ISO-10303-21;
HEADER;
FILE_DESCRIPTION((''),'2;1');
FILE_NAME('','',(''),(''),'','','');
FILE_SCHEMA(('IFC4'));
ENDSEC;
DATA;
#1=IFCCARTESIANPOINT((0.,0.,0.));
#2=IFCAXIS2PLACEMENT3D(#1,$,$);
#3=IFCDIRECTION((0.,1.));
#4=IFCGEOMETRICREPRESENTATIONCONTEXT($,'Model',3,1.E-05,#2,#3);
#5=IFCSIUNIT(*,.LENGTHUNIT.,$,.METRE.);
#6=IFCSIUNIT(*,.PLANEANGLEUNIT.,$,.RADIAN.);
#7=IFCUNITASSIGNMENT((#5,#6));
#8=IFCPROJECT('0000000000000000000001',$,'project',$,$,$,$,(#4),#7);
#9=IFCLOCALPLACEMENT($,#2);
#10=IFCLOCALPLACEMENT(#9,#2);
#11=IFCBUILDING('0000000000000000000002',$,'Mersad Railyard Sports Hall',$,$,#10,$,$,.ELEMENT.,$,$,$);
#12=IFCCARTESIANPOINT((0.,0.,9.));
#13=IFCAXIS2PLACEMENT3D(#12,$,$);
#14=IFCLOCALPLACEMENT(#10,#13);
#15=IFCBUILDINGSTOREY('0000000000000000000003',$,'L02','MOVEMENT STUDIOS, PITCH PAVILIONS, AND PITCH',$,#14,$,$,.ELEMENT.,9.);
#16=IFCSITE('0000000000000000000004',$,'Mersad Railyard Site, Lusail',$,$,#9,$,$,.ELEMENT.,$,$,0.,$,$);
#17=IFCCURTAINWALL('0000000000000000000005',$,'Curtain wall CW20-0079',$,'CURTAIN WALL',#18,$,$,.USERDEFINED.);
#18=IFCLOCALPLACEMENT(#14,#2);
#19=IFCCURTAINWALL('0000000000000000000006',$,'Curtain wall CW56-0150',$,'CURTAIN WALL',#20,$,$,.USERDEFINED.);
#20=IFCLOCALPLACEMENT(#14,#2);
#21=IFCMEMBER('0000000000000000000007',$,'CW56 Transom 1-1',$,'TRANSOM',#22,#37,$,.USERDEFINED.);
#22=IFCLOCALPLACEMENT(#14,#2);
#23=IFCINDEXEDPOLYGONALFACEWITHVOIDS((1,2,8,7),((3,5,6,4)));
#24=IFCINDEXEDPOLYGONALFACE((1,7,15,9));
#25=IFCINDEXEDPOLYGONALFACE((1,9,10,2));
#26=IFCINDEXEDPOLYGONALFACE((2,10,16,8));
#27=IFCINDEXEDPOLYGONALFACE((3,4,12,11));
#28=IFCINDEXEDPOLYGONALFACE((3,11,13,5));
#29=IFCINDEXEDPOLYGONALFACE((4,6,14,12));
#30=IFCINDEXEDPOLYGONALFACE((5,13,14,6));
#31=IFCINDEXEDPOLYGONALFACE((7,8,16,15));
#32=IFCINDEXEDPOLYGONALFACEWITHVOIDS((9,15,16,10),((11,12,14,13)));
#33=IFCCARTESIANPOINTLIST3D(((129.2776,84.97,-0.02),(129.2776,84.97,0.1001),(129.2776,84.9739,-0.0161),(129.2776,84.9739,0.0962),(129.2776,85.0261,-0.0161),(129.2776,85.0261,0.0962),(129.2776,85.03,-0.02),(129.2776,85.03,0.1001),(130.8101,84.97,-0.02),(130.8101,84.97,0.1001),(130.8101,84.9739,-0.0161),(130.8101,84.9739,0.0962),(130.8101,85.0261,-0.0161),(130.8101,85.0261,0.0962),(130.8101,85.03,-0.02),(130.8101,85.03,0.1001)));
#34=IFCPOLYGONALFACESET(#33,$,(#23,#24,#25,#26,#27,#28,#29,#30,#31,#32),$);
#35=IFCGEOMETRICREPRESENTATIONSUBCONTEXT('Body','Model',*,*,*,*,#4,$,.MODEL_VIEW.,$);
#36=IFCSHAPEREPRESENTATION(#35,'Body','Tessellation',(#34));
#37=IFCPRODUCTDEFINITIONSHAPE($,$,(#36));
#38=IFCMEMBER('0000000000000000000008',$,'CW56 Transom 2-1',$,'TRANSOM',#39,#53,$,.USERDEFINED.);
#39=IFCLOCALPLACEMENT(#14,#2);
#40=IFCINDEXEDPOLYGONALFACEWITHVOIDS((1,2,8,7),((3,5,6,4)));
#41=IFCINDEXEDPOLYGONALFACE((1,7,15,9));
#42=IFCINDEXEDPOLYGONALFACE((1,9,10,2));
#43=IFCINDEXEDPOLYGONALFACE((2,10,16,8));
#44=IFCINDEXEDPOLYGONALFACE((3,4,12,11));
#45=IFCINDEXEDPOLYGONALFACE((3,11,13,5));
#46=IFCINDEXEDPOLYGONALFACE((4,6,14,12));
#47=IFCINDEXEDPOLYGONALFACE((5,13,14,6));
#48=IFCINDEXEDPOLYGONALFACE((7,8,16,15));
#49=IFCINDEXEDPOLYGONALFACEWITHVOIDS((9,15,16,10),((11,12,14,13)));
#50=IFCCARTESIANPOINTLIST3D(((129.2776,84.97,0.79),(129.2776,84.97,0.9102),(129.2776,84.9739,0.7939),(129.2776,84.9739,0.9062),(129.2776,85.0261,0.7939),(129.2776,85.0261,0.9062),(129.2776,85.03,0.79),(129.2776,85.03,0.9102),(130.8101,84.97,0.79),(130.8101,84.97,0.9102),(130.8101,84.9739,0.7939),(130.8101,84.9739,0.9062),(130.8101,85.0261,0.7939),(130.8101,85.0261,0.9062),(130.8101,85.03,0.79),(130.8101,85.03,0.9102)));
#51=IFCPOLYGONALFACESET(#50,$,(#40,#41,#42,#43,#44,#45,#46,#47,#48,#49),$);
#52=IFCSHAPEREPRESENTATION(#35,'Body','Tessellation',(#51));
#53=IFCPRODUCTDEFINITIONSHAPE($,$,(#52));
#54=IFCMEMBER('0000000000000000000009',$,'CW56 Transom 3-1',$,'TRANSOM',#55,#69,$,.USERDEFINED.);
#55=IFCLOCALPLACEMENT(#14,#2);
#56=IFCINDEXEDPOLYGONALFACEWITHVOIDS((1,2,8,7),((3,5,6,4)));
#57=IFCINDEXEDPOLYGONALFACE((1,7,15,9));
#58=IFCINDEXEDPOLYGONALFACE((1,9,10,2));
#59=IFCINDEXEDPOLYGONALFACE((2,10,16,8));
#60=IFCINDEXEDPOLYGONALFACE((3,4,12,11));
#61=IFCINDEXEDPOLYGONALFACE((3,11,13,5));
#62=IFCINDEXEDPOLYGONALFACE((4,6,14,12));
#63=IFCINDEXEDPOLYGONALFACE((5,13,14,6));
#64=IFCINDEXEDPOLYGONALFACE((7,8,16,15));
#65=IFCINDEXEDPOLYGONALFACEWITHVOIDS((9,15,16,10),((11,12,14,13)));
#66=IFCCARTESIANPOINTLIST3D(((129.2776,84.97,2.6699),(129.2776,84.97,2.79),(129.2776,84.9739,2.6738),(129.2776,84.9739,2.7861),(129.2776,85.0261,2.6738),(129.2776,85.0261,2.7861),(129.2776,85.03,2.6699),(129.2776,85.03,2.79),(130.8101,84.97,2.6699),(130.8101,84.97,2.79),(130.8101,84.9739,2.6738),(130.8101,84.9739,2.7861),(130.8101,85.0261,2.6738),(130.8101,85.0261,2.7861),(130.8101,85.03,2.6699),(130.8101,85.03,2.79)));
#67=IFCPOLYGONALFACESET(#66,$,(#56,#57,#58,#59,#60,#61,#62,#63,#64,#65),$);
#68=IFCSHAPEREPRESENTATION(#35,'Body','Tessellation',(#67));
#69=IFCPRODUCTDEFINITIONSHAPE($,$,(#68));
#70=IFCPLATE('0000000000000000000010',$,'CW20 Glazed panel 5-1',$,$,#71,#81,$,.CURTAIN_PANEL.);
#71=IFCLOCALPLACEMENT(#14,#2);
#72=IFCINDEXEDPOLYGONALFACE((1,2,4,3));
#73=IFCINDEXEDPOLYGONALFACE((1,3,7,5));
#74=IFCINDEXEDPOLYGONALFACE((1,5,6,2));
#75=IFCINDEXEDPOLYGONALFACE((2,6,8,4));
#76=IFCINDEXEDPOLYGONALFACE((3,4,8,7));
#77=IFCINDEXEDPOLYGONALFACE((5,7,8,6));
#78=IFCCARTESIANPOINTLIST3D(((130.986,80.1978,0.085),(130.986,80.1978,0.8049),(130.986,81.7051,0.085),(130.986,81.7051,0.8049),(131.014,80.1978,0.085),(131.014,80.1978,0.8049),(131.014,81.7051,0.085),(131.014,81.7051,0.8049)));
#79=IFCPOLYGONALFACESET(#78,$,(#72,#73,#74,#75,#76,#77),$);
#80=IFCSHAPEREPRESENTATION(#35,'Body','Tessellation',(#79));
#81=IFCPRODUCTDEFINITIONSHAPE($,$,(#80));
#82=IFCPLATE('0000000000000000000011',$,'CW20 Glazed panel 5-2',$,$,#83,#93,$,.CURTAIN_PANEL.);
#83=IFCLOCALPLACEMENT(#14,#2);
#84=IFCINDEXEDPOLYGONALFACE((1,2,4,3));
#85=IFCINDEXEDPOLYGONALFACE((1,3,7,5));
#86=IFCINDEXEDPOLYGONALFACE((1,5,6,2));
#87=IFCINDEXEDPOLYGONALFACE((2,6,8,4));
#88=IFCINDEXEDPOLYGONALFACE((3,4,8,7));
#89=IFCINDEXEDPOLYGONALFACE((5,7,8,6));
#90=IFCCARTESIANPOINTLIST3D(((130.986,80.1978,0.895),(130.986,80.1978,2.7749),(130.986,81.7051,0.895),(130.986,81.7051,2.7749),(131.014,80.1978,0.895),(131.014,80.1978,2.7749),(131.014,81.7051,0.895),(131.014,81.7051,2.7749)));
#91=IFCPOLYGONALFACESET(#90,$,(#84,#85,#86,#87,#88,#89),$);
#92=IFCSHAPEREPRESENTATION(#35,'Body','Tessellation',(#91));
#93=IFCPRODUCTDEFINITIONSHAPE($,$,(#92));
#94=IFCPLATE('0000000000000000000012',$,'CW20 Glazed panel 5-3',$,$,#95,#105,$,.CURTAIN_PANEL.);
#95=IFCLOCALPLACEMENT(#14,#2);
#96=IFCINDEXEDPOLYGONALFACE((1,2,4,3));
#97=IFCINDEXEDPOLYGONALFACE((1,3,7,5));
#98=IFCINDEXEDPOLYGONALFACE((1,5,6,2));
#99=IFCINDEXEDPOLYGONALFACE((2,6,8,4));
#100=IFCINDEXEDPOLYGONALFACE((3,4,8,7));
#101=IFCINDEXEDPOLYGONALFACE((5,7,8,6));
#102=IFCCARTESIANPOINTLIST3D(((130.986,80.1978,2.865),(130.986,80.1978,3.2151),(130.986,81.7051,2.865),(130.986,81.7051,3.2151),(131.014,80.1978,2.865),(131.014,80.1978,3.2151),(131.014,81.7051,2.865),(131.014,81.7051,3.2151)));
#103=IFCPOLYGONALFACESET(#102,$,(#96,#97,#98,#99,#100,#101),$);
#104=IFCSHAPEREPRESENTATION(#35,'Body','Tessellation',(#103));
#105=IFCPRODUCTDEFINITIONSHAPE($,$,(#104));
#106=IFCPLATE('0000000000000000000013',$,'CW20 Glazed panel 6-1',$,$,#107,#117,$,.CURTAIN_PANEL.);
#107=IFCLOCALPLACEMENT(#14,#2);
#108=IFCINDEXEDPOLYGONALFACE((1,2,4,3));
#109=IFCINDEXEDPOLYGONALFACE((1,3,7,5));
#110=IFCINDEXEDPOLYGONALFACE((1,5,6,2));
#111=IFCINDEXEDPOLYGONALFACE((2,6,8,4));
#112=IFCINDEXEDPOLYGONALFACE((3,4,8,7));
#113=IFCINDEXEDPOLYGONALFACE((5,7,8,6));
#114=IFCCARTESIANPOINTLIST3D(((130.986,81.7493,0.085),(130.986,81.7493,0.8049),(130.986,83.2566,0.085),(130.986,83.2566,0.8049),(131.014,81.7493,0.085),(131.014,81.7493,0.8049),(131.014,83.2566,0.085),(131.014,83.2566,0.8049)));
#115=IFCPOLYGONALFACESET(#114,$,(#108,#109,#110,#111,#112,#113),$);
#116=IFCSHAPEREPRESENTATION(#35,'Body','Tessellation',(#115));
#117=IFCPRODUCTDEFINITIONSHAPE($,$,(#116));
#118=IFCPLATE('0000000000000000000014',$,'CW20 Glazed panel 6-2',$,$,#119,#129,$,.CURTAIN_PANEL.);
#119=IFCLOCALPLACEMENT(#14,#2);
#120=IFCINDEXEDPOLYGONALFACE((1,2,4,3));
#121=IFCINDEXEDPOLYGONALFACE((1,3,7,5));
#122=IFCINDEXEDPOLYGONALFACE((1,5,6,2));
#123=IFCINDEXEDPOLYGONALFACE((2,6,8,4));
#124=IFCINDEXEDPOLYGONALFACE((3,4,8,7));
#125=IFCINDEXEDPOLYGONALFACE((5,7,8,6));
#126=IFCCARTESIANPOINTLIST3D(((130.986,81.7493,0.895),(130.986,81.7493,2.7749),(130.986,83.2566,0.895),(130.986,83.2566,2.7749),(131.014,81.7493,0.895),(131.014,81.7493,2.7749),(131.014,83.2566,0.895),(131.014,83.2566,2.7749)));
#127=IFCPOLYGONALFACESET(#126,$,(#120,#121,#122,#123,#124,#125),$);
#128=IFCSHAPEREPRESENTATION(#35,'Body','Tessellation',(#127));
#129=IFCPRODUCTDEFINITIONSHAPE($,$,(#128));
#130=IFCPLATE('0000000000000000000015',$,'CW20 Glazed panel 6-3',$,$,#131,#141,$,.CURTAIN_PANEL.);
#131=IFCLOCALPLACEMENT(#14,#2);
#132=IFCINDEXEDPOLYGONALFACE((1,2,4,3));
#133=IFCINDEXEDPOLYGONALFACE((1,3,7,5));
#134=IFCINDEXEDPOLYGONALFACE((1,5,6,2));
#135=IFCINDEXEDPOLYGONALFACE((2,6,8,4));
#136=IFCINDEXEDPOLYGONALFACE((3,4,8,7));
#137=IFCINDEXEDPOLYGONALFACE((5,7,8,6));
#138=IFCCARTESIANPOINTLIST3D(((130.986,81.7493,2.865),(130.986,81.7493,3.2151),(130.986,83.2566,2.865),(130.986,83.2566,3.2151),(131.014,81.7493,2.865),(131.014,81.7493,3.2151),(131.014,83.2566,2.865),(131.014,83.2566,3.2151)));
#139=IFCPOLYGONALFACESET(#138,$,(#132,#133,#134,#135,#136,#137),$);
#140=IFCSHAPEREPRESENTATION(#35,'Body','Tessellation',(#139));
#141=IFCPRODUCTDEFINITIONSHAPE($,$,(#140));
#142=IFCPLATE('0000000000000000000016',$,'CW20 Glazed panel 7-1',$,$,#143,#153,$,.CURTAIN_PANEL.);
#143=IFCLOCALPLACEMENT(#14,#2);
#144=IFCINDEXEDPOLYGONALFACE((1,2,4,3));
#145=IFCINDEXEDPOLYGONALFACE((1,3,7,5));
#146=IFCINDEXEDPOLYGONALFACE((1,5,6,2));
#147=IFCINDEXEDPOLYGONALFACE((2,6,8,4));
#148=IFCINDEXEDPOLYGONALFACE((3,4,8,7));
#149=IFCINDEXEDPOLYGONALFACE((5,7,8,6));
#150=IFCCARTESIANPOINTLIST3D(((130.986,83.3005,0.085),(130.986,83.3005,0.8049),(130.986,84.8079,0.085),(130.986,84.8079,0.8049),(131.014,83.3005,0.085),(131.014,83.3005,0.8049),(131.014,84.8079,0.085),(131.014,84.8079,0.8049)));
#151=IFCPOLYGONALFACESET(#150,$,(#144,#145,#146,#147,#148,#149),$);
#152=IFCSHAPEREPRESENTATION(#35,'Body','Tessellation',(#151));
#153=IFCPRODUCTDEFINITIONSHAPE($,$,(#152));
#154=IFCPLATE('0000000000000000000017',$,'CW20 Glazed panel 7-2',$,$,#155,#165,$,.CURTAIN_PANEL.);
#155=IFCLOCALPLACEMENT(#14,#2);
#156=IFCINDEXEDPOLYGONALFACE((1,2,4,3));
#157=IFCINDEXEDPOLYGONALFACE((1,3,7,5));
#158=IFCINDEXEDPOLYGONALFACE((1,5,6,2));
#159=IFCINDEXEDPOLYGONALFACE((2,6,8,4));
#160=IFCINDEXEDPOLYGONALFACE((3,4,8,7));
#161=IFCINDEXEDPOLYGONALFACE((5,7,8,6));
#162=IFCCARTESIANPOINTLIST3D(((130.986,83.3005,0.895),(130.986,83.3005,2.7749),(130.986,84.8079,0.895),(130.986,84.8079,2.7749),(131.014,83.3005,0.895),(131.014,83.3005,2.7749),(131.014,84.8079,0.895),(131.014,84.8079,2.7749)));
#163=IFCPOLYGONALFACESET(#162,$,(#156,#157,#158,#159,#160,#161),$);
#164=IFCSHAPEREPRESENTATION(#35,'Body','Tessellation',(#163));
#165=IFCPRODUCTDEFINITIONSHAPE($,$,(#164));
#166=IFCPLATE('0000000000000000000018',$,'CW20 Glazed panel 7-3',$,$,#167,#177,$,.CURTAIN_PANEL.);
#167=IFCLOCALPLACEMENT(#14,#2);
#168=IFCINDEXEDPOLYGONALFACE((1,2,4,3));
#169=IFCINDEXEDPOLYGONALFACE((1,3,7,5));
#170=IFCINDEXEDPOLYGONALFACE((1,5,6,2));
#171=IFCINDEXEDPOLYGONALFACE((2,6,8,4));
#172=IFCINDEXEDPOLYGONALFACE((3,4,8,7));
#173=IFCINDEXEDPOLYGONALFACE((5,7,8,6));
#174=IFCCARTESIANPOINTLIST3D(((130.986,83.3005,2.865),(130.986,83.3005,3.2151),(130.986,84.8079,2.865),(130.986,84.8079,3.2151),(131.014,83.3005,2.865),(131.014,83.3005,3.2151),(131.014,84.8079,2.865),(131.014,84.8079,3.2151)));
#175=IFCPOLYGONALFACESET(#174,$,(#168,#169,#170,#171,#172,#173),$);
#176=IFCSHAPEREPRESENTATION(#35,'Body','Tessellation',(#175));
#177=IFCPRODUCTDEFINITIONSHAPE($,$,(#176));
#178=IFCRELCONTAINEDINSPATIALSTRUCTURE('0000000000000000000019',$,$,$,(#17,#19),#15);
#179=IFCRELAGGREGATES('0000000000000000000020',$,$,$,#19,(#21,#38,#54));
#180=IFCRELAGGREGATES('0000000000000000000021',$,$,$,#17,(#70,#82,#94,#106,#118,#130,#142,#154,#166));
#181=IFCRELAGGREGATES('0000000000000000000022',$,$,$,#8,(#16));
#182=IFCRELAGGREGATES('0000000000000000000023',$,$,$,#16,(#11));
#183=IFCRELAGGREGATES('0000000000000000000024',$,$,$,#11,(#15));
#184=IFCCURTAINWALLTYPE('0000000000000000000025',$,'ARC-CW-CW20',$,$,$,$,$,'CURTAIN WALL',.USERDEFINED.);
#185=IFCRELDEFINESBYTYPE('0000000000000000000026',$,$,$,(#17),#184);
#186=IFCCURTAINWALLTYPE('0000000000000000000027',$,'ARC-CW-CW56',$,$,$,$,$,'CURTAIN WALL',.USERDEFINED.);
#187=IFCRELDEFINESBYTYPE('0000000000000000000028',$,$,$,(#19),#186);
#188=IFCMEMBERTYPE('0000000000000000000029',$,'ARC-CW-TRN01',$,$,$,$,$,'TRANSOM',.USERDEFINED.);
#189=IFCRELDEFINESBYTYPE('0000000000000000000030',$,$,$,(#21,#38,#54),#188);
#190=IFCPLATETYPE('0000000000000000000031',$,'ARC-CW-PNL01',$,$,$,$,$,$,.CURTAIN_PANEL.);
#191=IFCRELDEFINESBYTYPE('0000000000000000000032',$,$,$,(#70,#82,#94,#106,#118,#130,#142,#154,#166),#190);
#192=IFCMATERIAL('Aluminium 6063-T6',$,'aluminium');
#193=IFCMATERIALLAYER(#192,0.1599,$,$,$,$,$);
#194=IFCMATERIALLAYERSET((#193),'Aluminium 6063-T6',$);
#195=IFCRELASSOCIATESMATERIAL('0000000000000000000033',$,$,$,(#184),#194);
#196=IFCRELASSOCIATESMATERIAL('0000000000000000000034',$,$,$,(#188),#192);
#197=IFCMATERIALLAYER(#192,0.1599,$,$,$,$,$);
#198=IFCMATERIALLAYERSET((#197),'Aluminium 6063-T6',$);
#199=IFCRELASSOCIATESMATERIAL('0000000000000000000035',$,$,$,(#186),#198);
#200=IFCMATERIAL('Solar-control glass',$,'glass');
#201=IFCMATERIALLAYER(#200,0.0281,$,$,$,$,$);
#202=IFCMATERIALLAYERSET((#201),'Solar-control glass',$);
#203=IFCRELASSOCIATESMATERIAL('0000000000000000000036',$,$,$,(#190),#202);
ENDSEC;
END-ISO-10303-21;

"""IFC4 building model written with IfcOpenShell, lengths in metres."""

from ifc_helpers import new_model, si_unit, direction, frame, origin, origin_2d, place, context, subcontext, project, spatial, rectangle, hollow_rectangle, extrude, material, layer, layer_set, material_profile, profile_set, type_object, element, aggregate, save


model = new_model("IFC4")

# Units and contexts
model_context = context("Model", 3, precision=1e-05, world=origin(), true_north=direction((0.0, 1.0)))
body_context = subcontext(model_context, "Body", "Model", "MODEL_VIEW")
ifc_project = project(units=[si_unit("LENGTHUNIT", "METRE"), si_unit("PLANEANGLEUNIT", "RADIAN")], contexts=[model_context])

# Site, building, storey
site_placement = place(None, origin())
site = spatial("IfcSite", under=ifc_project, at=site_placement, Name="Mersad Railyard Site, Lusail", CompositionType="ELEMENT", RefElevation=0.0)
building_placement = place(site_placement, origin())
building = spatial("IfcBuilding", under=site, at=building_placement, Name="Mersad Railyard Sports Hall", CompositionType="ELEMENT")
storey_placement = place(building_placement, frame((0.0, 0.0, 9.0)))
storey = spatial("IfcBuildingStorey", under=building, at=storey_placement, Name="L02", Description="MOVEMENT STUDIOS, PITCH PAVILIONS, AND PITCH", CompositionType="ELEMENT", Elevation=9.0)

# Curtain walls, members
ifc_material_1 = material(Name="Aluminium 6063-T6", Category="aluminium")
ifc_layer_1 = layer(ifc_material_1, 0.1599)
ifc_layer_set_1 = layer_set([ifc_layer_1], Name="Aluminium 6063-T6")
curtain_wall_type_1 = type_object("IfcCurtainWallType", Name="ARC-CW-CW20", ElementType="CURTAIN WALL", PredefinedType="USERDEFINED", material=ifc_layer_set_1)
curtain_wall_1_placement = place(storey_placement, origin())
curtain_wall_1 = element("IfcCurtainWall", 1, at=curtain_wall_1_placement, inside=storey, type_object=curtain_wall_type_1, Name="Curtain wall CW20-0079", ObjectType="CURTAIN WALL", PredefinedType="USERDEFINED")
ifc_material_profile_1 = material_profile(ifc_material_1, hollow_rectangle(XDim=0.0601, YDim=0.1201, WallThickness=0.0039, at=origin_2d()), Name="AL TRANSOM 60x120x4")
ifc_profile_set_1 = profile_set([ifc_material_profile_1], Name="Aluminium 6063-T6")
member_type_1 = type_object("IfcMemberType", Name="ARC-CW-TRN01", ElementType="TRANSOM", PredefinedType="USERDEFINED", material=ifc_profile_set_1)
ifc_layer_2 = layer(ifc_material_1, 0.1599)
ifc_layer_set_2 = layer_set([ifc_layer_2], Name="Aluminium 6063-T6")
curtain_wall_type_2 = type_object("IfcCurtainWallType", Name="ARC-CW-CW56", ElementType="CURTAIN WALL", PredefinedType="USERDEFINED", material=ifc_layer_set_2)
curtain_wall_2_placement = place(storey_placement, origin())
curtain_wall_2 = element("IfcCurtainWall", 2, at=curtain_wall_2_placement, inside=storey, type_object=curtain_wall_type_2, Name="Curtain wall CW56-0150", ObjectType="CURTAIN WALL", PredefinedType="USERDEFINED")
member_1_placement = place(storey_placement, frame((130.8101, 85.0, 0.04), z_axis=(-1.0, 0.0, 0.0), x_axis=(0.0, -1.0, 0.0)))
member_1 = element("IfcMember", 3, at=member_1_placement, type_object=member_type_1, Name="CW56 Transom 1-1", ObjectType="TRANSOM", PredefinedType="USERDEFINED", context=body_context, shape_type="SweptSolid", body=[
    extrude(hollow_rectangle(XDim=0.0601, YDim=0.1201, WallThickness=0.0039, at=origin_2d()), origin(), (0.0, 0.0, 1.0), 1.5325),
])
member_2_placement = place(storey_placement, frame((130.8101, 85.0, 0.8501), z_axis=(-1.0, 0.0, 0.0), x_axis=(0.0, -1.0, 0.0)))
member_2 = element("IfcMember", 4, at=member_2_placement, type_object=member_type_1, Name="CW56 Transom 2-1", ObjectType="TRANSOM", PredefinedType="USERDEFINED", context=body_context, shape_type="SweptSolid", body=[
    extrude(hollow_rectangle(XDim=0.0601, YDim=0.1201, WallThickness=0.0039, at=origin_2d()), origin(), (0.0, 0.0, 1.0), 1.5325),
])
member_3_placement = place(storey_placement, frame((130.8101, 85.0, 2.73), z_axis=(-1.0, 0.0, 0.0), x_axis=(0.0, -1.0, 0.0)))
member_3 = element("IfcMember", 5, at=member_3_placement, type_object=member_type_1, Name="CW56 Transom 3-1", ObjectType="TRANSOM", PredefinedType="USERDEFINED", context=body_context, shape_type="SweptSolid", body=[
    extrude(hollow_rectangle(XDim=0.0601, YDim=0.1201, WallThickness=0.0039, at=origin_2d()), origin(), (0.0, 0.0, 1.0), 1.5325),
])
aggregate(curtain_wall_2, [member_1, member_2, member_3])

# Plates
ifc_material_2 = material(Name="Solar-control glass", Category="glass")
ifc_layer_3 = layer(ifc_material_2, 0.0281)
ifc_layer_set_3 = layer_set([ifc_layer_3], Name="Solar-control glass")
plate_type = type_object("IfcPlateType", Name="ARC-CW-PNL01", PredefinedType="CURTAIN_PANEL", material=ifc_layer_set_3)
plate_1_placement = place(storey_placement, frame((131.0, 80.9514, 0.085), z_axis=(0.0, 0.0, 1.0), x_axis=(0.0, 1.0, 0.0)))
plate_1 = element("IfcPlate", 6, at=plate_1_placement, type_object=plate_type, Name="CW20 Glazed panel 5-1", PredefinedType="CURTAIN_PANEL", context=body_context, shape_type="SweptSolid", body=[
    extrude(rectangle(XDim=1.5073, YDim=0.0281, at=origin_2d()), origin(), (0.0, 0.0, 1.0), 0.72),
])
plate_2_placement = place(storey_placement, frame((131.0, 80.9514, 0.895), z_axis=(0.0, 0.0, 1.0), x_axis=(0.0, 1.0, 0.0)))
plate_2 = element("IfcPlate", 7, at=plate_2_placement, type_object=plate_type, Name="CW20 Glazed panel 5-2", PredefinedType="CURTAIN_PANEL", context=body_context, shape_type="SweptSolid", body=[
    extrude(rectangle(XDim=1.5073, YDim=0.0281, at=origin_2d()), origin(), (0.0, 0.0, 1.0), 1.8799),
])
plate_3_placement = place(storey_placement, frame((131.0, 80.9514, 2.865), z_axis=(0.0, 0.0, 1.0), x_axis=(0.0, 1.0, 0.0)))
plate_3 = element("IfcPlate", 8, at=plate_3_placement, type_object=plate_type, Name="CW20 Glazed panel 5-3", PredefinedType="CURTAIN_PANEL", context=body_context, shape_type="SweptSolid", body=[
    extrude(rectangle(XDim=1.5073, YDim=0.0281, at=origin_2d()), origin(), (0.0, 0.0, 1.0), 0.3501),
])
plate_4_placement = place(storey_placement, frame((131.0, 82.5029, 0.085), z_axis=(0.0, 0.0, 1.0), x_axis=(0.0, 1.0, 0.0)))
plate_4 = element("IfcPlate", 9, at=plate_4_placement, type_object=plate_type, Name="CW20 Glazed panel 6-1", PredefinedType="CURTAIN_PANEL", context=body_context, shape_type="SweptSolid", body=[
    extrude(rectangle(XDim=1.5073, YDim=0.0281, at=origin_2d()), origin(), (0.0, 0.0, 1.0), 0.72),
])
plate_5_placement = place(storey_placement, frame((131.0, 82.5029, 0.895), z_axis=(0.0, 0.0, 1.0), x_axis=(0.0, 1.0, 0.0)))
plate_5 = element("IfcPlate", 10, at=plate_5_placement, type_object=plate_type, Name="CW20 Glazed panel 6-2", PredefinedType="CURTAIN_PANEL", context=body_context, shape_type="SweptSolid", body=[
    extrude(rectangle(XDim=1.5073, YDim=0.0281, at=origin_2d()), origin(), (0.0, 0.0, 1.0), 1.8799),
])
plate_6_placement = place(storey_placement, frame((131.0, 82.5029, 2.865), z_axis=(0.0, 0.0, 1.0), x_axis=(0.0, 1.0, 0.0)))
plate_6 = element("IfcPlate", 11, at=plate_6_placement, type_object=plate_type, Name="CW20 Glazed panel 6-3", PredefinedType="CURTAIN_PANEL", context=body_context, shape_type="SweptSolid", body=[
    extrude(rectangle(XDim=1.5073, YDim=0.0281, at=origin_2d()), origin(), (0.0, 0.0, 1.0), 0.3501),
])
plate_7_placement = place(storey_placement, frame((131.0, 84.0542, 0.085), z_axis=(0.0, 0.0, 1.0), x_axis=(0.0, 1.0, 0.0)))
plate_7 = element("IfcPlate", 12, at=plate_7_placement, type_object=plate_type, Name="CW20 Glazed panel 7-1", PredefinedType="CURTAIN_PANEL", context=body_context, shape_type="SweptSolid", body=[
    extrude(rectangle(XDim=1.5073, YDim=0.0281, at=origin_2d()), origin(), (0.0, 0.0, 1.0), 0.72),
])
plate_8_placement = place(storey_placement, frame((131.0, 84.0542, 0.895), z_axis=(0.0, 0.0, 1.0), x_axis=(0.0, 1.0, 0.0)))
plate_8 = element("IfcPlate", 13, at=plate_8_placement, type_object=plate_type, Name="CW20 Glazed panel 7-2", PredefinedType="CURTAIN_PANEL", context=body_context, shape_type="SweptSolid", body=[
    extrude(rectangle(XDim=1.5073, YDim=0.0281, at=origin_2d()), origin(), (0.0, 0.0, 1.0), 1.8799),
])
plate_9_placement = place(storey_placement, frame((131.0, 84.0542, 2.865), z_axis=(0.0, 0.0, 1.0), x_axis=(0.0, 1.0, 0.0)))
plate_9 = element("IfcPlate", 14, at=plate_9_placement, type_object=plate_type, Name="CW20 Glazed panel 7-3", PredefinedType="CURTAIN_PANEL", context=body_context, shape_type="SweptSolid", body=[
    extrude(rectangle(XDim=1.5073, YDim=0.0281, at=origin_2d()), origin(), (0.0, 0.0, 1.0), 0.3501),
])
aggregate(curtain_wall_1, [plate_1, plate_2, plate_3, plate_4, plate_5, plate_6, plate_7, plate_8, plate_9])

save(model, "model.ifc")
